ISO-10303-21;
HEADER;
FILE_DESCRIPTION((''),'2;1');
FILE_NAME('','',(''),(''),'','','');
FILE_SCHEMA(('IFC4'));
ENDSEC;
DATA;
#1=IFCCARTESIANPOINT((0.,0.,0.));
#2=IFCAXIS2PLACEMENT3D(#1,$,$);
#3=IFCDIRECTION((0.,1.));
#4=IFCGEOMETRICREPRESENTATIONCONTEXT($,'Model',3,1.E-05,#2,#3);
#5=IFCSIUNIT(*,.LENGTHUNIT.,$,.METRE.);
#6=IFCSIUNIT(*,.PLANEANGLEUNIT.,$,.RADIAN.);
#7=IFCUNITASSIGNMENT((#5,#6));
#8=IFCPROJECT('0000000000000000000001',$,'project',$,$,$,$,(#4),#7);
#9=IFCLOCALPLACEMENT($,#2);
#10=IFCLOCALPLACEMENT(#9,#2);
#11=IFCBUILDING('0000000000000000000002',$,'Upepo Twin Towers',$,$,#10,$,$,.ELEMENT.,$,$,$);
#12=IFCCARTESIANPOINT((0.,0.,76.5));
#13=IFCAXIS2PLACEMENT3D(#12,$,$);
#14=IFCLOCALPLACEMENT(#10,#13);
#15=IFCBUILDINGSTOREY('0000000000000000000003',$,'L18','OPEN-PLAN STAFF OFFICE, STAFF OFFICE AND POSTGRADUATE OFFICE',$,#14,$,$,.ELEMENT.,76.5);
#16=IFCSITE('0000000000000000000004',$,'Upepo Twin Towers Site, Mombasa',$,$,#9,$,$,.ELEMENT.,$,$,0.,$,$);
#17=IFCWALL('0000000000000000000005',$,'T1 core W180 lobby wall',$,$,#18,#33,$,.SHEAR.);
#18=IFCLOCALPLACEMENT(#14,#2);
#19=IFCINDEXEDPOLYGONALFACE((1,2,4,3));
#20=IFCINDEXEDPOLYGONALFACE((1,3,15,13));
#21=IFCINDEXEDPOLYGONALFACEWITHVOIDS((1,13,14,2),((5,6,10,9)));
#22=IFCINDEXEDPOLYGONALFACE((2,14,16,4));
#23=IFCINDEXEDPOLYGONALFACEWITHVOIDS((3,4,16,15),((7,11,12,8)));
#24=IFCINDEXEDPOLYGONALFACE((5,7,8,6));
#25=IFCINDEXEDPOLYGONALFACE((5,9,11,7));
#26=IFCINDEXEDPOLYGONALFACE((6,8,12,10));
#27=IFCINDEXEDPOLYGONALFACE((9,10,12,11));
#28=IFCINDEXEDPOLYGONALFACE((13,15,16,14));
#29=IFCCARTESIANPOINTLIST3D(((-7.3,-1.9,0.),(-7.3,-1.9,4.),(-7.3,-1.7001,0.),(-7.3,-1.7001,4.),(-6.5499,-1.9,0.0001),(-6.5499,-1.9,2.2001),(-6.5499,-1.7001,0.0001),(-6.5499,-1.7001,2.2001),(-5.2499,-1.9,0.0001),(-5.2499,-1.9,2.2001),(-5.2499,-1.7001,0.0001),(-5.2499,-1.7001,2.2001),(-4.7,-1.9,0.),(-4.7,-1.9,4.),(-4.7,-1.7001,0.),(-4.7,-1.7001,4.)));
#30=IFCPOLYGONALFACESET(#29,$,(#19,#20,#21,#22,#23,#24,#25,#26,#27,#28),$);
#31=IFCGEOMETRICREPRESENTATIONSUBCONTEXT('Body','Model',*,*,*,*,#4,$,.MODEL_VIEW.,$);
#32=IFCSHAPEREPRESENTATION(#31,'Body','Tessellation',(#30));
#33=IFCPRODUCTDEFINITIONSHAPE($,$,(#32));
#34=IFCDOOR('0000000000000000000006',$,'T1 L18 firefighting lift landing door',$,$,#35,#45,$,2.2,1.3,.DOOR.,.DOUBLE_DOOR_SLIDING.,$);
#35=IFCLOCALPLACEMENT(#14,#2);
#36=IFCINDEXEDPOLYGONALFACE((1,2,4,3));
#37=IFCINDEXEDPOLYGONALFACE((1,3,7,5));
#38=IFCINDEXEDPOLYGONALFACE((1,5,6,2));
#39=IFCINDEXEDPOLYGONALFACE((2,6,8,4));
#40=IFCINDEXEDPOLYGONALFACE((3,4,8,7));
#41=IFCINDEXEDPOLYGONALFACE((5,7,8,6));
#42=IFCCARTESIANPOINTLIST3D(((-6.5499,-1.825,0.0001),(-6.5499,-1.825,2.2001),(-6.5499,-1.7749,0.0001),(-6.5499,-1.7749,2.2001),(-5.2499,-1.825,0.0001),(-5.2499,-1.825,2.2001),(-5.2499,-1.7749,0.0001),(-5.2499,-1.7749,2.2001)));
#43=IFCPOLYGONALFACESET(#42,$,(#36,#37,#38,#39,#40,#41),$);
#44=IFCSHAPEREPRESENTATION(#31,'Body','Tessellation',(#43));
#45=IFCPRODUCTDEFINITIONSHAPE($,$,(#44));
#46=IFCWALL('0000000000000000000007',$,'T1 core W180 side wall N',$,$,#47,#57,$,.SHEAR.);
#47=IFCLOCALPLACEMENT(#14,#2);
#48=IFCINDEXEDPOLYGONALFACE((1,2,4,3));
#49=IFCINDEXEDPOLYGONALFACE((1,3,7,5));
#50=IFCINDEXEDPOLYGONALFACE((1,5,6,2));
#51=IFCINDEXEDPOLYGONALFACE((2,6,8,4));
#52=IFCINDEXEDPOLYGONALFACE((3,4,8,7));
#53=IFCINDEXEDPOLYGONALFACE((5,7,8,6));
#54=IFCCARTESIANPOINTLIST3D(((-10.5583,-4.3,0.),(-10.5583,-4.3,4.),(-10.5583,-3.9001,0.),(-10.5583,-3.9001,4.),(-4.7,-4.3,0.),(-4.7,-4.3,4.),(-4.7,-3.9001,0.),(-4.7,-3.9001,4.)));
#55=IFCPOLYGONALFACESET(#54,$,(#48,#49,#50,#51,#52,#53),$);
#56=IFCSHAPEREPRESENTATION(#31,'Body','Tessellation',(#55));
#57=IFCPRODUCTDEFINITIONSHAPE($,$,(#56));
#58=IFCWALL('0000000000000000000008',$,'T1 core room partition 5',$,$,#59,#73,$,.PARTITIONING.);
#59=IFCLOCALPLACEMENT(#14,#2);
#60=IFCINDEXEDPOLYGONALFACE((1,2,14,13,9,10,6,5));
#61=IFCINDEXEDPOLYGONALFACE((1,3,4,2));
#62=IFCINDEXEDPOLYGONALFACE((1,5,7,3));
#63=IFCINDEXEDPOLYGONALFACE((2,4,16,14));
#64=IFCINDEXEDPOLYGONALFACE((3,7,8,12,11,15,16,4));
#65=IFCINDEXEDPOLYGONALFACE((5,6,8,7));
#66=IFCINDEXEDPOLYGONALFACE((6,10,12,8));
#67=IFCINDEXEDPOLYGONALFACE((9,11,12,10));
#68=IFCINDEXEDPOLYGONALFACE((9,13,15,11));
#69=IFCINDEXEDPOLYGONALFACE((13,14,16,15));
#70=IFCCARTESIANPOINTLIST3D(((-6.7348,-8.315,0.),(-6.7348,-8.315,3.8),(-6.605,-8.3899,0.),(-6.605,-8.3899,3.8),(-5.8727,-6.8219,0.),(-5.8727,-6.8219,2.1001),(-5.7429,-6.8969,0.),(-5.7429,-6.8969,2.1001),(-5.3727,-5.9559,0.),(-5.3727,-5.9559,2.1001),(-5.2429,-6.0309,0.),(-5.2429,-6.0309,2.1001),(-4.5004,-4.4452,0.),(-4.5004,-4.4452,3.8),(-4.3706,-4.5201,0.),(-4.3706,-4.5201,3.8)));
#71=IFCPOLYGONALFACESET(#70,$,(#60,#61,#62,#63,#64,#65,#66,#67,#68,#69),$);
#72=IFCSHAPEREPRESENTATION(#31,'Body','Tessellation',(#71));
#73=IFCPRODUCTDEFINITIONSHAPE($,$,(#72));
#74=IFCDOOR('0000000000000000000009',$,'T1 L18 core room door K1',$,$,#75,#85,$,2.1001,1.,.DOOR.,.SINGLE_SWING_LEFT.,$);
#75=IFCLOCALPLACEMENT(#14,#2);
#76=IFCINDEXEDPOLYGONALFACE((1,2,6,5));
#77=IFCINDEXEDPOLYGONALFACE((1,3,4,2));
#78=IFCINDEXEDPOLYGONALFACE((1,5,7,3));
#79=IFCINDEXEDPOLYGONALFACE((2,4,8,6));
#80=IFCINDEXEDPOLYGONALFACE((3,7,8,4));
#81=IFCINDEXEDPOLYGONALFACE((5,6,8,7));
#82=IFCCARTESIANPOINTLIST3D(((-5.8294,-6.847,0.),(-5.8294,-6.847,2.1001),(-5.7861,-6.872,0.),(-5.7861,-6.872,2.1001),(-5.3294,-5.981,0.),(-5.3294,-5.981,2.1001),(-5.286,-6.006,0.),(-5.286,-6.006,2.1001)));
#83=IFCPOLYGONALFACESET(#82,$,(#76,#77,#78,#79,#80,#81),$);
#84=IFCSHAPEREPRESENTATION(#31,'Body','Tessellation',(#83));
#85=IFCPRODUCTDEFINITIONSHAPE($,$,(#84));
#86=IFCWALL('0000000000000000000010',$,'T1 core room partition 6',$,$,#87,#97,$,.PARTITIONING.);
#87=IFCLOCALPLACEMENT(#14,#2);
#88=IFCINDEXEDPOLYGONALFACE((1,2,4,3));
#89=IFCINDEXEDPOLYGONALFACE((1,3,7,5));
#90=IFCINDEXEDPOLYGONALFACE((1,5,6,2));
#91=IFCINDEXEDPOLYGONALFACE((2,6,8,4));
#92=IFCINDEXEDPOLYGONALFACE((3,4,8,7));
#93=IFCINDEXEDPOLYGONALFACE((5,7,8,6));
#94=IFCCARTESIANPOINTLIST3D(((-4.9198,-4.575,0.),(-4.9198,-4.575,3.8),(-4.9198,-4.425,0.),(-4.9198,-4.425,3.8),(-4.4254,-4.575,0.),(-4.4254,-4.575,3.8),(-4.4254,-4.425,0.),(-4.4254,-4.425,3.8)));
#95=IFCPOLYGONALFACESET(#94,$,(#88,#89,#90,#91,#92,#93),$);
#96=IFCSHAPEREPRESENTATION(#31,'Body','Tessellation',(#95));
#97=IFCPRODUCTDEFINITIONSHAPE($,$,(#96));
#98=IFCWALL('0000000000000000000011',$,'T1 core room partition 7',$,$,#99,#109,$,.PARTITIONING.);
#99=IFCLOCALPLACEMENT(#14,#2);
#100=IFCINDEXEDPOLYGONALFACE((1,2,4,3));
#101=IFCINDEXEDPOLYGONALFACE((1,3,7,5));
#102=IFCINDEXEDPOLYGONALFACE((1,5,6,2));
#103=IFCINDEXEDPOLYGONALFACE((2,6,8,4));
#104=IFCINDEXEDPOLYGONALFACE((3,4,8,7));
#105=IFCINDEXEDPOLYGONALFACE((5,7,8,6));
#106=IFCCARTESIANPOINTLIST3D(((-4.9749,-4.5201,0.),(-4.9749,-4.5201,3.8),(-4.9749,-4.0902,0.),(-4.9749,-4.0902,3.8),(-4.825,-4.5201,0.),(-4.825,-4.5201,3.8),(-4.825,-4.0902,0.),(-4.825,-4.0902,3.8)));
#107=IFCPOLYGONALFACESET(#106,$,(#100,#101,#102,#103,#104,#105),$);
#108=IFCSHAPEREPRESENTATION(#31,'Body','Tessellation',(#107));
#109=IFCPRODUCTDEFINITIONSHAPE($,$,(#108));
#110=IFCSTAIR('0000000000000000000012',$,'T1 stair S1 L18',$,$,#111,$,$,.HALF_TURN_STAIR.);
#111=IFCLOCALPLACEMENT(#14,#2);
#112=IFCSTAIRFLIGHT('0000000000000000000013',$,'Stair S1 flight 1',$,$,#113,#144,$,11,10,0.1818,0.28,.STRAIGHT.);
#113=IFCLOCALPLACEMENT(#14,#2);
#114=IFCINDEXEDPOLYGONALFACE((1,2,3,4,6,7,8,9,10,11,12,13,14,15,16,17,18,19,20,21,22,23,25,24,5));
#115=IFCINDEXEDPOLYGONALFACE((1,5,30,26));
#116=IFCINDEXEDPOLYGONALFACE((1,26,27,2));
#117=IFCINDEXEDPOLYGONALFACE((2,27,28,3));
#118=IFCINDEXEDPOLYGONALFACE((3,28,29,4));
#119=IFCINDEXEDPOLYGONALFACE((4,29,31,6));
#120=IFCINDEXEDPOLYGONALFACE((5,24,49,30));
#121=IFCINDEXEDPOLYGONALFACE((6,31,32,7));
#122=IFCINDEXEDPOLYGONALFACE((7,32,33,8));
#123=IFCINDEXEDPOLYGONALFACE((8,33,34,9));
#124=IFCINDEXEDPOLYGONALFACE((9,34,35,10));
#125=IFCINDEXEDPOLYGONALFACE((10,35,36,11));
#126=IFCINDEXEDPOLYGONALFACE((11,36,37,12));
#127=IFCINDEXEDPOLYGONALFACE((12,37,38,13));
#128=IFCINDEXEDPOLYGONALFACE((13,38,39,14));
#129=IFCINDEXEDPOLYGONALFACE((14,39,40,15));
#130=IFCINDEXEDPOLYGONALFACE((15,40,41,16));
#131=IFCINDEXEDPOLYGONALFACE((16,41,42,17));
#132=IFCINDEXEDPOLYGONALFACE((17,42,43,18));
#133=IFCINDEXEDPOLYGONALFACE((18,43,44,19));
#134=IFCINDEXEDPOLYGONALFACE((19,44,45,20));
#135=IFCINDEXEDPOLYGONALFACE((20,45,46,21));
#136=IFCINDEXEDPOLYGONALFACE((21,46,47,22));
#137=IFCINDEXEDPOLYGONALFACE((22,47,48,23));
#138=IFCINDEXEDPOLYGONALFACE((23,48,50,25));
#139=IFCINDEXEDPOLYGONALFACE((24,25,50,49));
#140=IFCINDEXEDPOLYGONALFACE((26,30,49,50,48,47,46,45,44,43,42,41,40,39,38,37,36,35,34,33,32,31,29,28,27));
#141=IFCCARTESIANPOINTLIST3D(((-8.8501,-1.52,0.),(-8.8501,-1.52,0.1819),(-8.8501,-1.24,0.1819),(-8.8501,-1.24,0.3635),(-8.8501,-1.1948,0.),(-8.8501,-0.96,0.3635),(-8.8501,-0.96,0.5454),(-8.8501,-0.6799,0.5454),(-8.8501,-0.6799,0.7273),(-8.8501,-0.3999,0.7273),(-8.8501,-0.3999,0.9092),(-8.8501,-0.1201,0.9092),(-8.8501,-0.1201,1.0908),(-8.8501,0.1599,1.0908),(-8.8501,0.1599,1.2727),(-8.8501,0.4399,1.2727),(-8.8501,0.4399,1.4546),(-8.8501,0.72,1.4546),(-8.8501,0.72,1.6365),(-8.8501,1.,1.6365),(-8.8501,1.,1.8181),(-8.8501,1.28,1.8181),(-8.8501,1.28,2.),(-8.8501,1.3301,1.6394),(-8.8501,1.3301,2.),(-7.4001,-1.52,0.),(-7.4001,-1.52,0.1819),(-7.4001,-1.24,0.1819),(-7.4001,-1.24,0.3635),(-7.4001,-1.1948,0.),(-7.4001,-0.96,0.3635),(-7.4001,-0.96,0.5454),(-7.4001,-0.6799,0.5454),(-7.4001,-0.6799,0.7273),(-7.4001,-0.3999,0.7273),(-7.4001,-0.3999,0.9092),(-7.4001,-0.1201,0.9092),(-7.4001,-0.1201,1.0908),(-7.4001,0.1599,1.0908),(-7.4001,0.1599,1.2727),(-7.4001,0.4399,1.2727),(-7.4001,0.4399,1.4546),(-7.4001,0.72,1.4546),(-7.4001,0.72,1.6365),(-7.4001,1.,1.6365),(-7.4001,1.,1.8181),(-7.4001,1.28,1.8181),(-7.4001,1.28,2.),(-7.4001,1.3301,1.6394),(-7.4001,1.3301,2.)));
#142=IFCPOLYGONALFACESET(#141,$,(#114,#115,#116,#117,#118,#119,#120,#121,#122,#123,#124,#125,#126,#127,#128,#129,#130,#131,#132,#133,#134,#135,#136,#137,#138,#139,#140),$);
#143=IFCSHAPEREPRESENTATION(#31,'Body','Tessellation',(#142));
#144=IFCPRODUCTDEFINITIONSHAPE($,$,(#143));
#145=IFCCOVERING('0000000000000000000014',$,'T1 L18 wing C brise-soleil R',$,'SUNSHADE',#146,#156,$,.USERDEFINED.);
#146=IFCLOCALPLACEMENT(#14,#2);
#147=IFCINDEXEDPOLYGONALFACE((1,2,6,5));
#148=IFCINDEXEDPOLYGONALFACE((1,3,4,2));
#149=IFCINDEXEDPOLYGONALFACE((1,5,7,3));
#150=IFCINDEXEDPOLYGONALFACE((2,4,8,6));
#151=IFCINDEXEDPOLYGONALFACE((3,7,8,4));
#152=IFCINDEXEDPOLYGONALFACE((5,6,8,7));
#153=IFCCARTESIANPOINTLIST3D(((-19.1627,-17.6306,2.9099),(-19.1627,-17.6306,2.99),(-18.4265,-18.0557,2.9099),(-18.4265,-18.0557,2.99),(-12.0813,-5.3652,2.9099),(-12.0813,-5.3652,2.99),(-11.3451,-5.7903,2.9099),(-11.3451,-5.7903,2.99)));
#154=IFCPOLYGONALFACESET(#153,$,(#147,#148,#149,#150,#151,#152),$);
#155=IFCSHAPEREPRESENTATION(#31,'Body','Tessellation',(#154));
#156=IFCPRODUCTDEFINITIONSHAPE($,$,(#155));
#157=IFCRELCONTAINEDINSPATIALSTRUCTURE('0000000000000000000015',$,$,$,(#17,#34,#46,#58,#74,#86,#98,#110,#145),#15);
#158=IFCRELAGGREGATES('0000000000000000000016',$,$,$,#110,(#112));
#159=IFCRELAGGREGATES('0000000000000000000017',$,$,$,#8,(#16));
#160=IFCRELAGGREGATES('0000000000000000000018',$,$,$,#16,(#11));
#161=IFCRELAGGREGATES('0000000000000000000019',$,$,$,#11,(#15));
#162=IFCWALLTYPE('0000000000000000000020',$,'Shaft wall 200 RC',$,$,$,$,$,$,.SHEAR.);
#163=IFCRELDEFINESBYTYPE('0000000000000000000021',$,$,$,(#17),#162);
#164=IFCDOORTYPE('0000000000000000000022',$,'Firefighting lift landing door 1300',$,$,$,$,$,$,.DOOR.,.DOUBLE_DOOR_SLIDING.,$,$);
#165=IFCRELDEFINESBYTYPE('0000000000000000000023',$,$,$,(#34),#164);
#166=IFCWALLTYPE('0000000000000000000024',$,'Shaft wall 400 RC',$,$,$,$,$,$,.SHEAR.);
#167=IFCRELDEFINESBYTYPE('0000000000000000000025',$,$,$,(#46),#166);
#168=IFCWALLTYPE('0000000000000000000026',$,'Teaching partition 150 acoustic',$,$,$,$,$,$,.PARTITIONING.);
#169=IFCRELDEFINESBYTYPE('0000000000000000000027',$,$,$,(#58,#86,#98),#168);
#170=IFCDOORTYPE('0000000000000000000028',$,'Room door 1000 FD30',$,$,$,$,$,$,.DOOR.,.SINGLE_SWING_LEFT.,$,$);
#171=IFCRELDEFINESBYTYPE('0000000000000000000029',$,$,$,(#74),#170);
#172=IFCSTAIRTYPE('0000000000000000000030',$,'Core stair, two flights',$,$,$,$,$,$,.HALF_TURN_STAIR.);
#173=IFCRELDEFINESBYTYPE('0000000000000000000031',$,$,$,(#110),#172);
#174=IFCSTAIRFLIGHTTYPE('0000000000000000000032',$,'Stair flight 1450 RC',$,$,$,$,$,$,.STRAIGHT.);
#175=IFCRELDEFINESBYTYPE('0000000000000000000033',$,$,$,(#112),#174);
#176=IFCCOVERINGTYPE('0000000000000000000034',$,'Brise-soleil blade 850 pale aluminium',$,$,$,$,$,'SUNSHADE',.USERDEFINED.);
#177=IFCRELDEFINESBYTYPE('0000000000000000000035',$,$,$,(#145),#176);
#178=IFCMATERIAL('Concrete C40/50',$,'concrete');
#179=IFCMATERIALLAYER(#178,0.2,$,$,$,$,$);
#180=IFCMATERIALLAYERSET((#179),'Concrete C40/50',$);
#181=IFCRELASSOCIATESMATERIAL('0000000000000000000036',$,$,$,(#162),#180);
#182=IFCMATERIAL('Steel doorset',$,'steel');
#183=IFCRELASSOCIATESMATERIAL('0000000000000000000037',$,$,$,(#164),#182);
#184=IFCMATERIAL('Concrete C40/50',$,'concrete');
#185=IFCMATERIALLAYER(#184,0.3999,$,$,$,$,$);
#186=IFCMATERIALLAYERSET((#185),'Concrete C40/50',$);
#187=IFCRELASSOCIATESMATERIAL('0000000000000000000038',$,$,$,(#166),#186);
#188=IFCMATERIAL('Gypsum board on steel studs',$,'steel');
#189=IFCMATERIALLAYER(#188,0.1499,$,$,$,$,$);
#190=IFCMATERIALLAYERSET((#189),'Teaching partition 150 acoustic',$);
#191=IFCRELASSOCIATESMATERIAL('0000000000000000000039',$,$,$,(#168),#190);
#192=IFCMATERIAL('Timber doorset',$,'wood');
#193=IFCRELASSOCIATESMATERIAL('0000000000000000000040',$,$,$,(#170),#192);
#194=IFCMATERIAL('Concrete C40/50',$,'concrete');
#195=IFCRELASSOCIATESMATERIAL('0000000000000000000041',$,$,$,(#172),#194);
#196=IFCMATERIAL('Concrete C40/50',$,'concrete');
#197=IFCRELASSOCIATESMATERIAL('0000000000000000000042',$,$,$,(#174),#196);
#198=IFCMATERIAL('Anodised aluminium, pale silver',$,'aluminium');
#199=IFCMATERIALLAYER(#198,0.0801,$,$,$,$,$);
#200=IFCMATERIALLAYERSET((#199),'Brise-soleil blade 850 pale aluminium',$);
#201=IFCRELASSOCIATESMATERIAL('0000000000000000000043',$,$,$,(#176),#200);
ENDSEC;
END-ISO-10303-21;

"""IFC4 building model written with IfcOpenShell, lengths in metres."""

from ifc_helpers import new_model, si_unit, direction, frame, frame_2d, origin, origin_2d, place, context, subcontext, project, spatial, polyline, rectangle, outline, extrude, material, layer, layer_set, type_object, element, fill, aggregate, save


model = new_model("IFC4")

# Units and contexts
model_context = context("Model", 3, precision=1e-05, world=origin(), true_north=direction((0.0, 1.0)))
body_context = subcontext(model_context, "Body", "Model", "MODEL_VIEW")
ifc_project = project(units=[si_unit("LENGTHUNIT", "METRE"), si_unit("PLANEANGLEUNIT", "RADIAN")], contexts=[model_context])

# Site, building, storey
site_placement = place(None, origin())
site = spatial("IfcSite", under=ifc_project, at=site_placement, Name="Upepo Twin Towers Site, Mombasa", CompositionType="ELEMENT", RefElevation=0.0)
building_placement = place(site_placement, origin())
building = spatial("IfcBuilding", under=site, at=building_placement, Name="Upepo Twin Towers", CompositionType="ELEMENT")
storey_placement = place(building_placement, frame((0.0, 0.0, 76.5)))
storey = spatial("IfcBuildingStorey", under=building, at=storey_placement, Name="L18", Description="OPEN-PLAN STAFF OFFICE, STAFF OFFICE AND POSTGRADUATE OFFICE", CompositionType="ELEMENT", Elevation=76.5)

# Wall, opening, door
ifc_material_1 = material(Name="Concrete C40/50", Category="concrete")
ifc_layer_1 = layer(ifc_material_1, 0.2)
ifc_layer_set_1 = layer_set([ifc_layer_1], Name="Concrete C40/50")
wall_type_1 = type_object("IfcWallType", Name="Shaft wall 200 RC", PredefinedType="SHEAR", material=ifc_layer_set_1)
wall_1_placement = place(storey_placement, frame((-4.7, -1.8, 0.0), z_axis=(0.0, 0.0, 1.0), x_axis=(-1.0, 0.0, 0.0)))
wall_1 = element("IfcWall", 1, at=wall_1_placement, inside=storey, type_object=wall_type_1, Name="T1 core W180 lobby wall", PredefinedType="SHEAR", context=body_context, shape_type="SweptSolid", body=[
    extrude(rectangle(XDim=2.6001, YDim=0.2, at=frame_2d((1.3, 0.0))), origin(), (0.0, 0.0, 1.0), 4.0),
])
opening_1_placement = place(wall_1_placement, frame((0.55, 0.0, 0.0)))
opening_1 = element("IfcOpeningElement", 2, at=opening_1_placement, cuts=wall_1, PredefinedType="OPENING", context=body_context, shape_type="SweptSolid", body=[
    extrude(rectangle(XDim=1.3, YDim=2.2, at=frame_2d((0.6499, 1.1001))), frame((0.0, 0.1099, 0.0), z_axis=(0.0, -1.0, 0.0), x_axis=(1.0, 0.0, 0.0)), (0.0, 0.0, 1.0), 0.22),
])
ifc_material_2 = material(Name="Steel doorset", Category="steel")
door_type_1 = type_object("IfcDoorType", Name="Firefighting lift landing door 1300", OperationType="DOUBLE_DOOR_SLIDING", PredefinedType="DOOR", material=ifc_material_2)
door_1_placement = place(opening_1_placement, origin())
door_1 = element("IfcDoor", 3, at=door_1_placement, inside=storey, type_object=door_type_1, Name="T1 L18 firefighting lift landing door", OperationType="DOUBLE_DOOR_SLIDING", OverallHeight=2.2, OverallWidth=1.3, PredefinedType="DOOR", context=body_context, shape_type="SweptSolid", body=[
    extrude(rectangle(XDim=1.3, YDim=2.2, at=frame_2d((0.6499, 1.1001))), frame((0.0, 0.0249, 0.0), z_axis=(0.0, -1.0, 0.0), x_axis=(1.0, 0.0, 0.0)), (0.0, 0.0, 1.0), 0.05),
])
fill(opening_1, door_1)

# Wall
ifc_material_3 = material(Name="Concrete C40/50", Category="concrete")
ifc_layer_2 = layer(ifc_material_3, 0.3999)
ifc_layer_set_2 = layer_set([ifc_layer_2], Name="Concrete C40/50")
wall_type_2 = type_object("IfcWallType", Name="Shaft wall 400 RC", PredefinedType="SHEAR", material=ifc_layer_set_2)
wall_2_placement = place(storey_placement, frame((-4.7, -4.1001, 0.0), z_axis=(0.0, 0.0, 1.0), x_axis=(-1.0, 0.0, 0.0)))
element("IfcWall", 4, at=wall_2_placement, inside=storey, type_object=wall_type_2, Name="T1 core W180 side wall N", PredefinedType="SHEAR", context=body_context, shape_type="SweptSolid", body=[
    extrude(rectangle(XDim=5.8584, YDim=0.3999, at=frame_2d((2.9292, 0.0))), origin(), (0.0, 0.0, 1.0), 4.0),
])

# Wall, opening, door
ifc_material_4 = material(Name="Gypsum board on steel studs", Category="steel")
ifc_layer_3 = layer(ifc_material_4, 0.1499)
ifc_layer_set_3 = layer_set([ifc_layer_3], Name="Teaching partition 150 acoustic")
wall_type_3 = type_object("IfcWallType", Name="Teaching partition 150 acoustic", PredefinedType="PARTITIONING", material=ifc_layer_set_3)
wall_3_placement = place(storey_placement, frame((-6.6699, -8.3525, 0.0), z_axis=(0.0, 0.0, 1.0), x_axis=(0.500017, 0.866015, 0.0)))
wall_3 = element("IfcWall", 5, at=wall_3_placement, inside=storey, type_object=wall_type_3, Name="T1 core room partition 5", PredefinedType="PARTITIONING", context=body_context, shape_type="SweptSolid", body=[
    extrude(rectangle(XDim=4.4685, YDim=0.1499, at=frame_2d((2.2344, 0.0))), origin(), (0.0, 0.0, 1.0), 3.8),
])
opening_2_placement = place(wall_3_placement, frame((1.7241, 0.0, 0.0)))
opening_2 = element("IfcOpeningElement", 6, at=opening_2_placement, cuts=wall_3, PredefinedType="OPENING", context=body_context, shape_type="SweptSolid", body=[
    extrude(rectangle(XDim=1.0, YDim=2.1001, at=frame_2d((0.5, 1.05))), frame((0.0, 0.085, 0.0), z_axis=(0.0, -1.0, 0.0), x_axis=(1.0, 0.0, 0.0)), (0.0, 0.0, 1.0), 0.1699),
])
ifc_material_5 = material(Name="Timber doorset", Category="wood")
door_type_2 = type_object("IfcDoorType", Name="Room door 1000 FD30", OperationType="SINGLE_SWING_LEFT", PredefinedType="DOOR", material=ifc_material_5)
door_2_placement = place(opening_2_placement, origin())
door_2 = element("IfcDoor", 7, at=door_2_placement, inside=storey, type_object=door_type_2, Name="T1 L18 core room door K1", OperationType="SINGLE_SWING_LEFT", OverallHeight=2.1001, OverallWidth=1.0, PredefinedType="DOOR", context=body_context, shape_type="SweptSolid", body=[
    extrude(rectangle(XDim=1.0, YDim=2.1001, at=frame_2d((0.5, 1.05))), frame((0.0, 0.0249, 0.0), z_axis=(0.0, -1.0, 0.0), x_axis=(1.0, 0.0, 0.0)), (0.0, 0.0, 1.0), 0.05),
])
fill(opening_2, door_2)

# Walls
wall_4_placement = place(storey_placement, frame((-4.4255, -4.5, 0.0), z_axis=(0.0, 0.0, 1.0), x_axis=(-1.0, 0.0, 0.0)))
element("IfcWall", 8, at=wall_4_placement, inside=storey, type_object=wall_type_3, Name="T1 core room partition 6", PredefinedType="PARTITIONING", context=body_context, shape_type="SweptSolid", body=[
    extrude(rectangle(XDim=0.4944, YDim=0.1499, at=frame_2d((0.2471, 0.0))), origin(), (0.0, 0.0, 1.0), 3.8),
])
wall_5_placement = place(storey_placement, frame((-4.8999, -4.52, 0.0), z_axis=(0.0, 0.0, 1.0), x_axis=(0.0, 1.0, 0.0)))
element("IfcWall", 9, at=wall_5_placement, inside=storey, type_object=wall_type_3, Name="T1 core room partition 7", PredefinedType="PARTITIONING", context=body_context, shape_type="SweptSolid", body=[
    extrude(rectangle(XDim=0.4299, YDim=0.1499, at=frame_2d((0.2148, 0.0))), origin(), (0.0, 0.0, 1.0), 3.8),
])

# Stair, stair flight
ifc_material_6 = material(Name="Concrete C40/50", Category="concrete")
stair_type = type_object("IfcStairType", Name="Core stair, two flights", PredefinedType="HALF_TURN_STAIR", material=ifc_material_6)
stair_placement = place(storey_placement, origin())
stair = element("IfcStair", 10, at=stair_placement, inside=storey, type_object=stair_type, Name="T1 stair S1 L18", PredefinedType="HALF_TURN_STAIR")
ifc_material_7 = material(Name="Concrete C40/50", Category="concrete")
stair_flight_type = type_object("IfcStairFlightType", Name="Stair flight 1450 RC", PredefinedType="STRAIGHT", material=ifc_material_7)
stair_flight_placement = place(storey_placement, frame((-8.125, -1.52, 0.0), z_axis=(0.0, 0.0, 1.0), x_axis=(0.0, 1.0, 0.0)))
stair_flight = element("IfcStairFlight", 11, at=stair_flight_placement, type_object=stair_flight_type, Name="Stair S1 flight 1", NumberOfRisers=11, NumberOfTreads=10, PredefinedType="STRAIGHT", RiserHeight=0.1818, TreadLength=0.28, context=body_context, shape_type="SweptSolid", body=[
    extrude(outline(polyline([(0.0, 0.0), (0.0, 0.1819), (0.28, 0.1819), (0.28, 0.3635), (0.5601, 0.3635), (0.5601, 0.5454), (0.8401, 0.5454), (0.8401, 0.7273), (1.1201, 0.7273), (1.1201, 0.9092), (1.3999, 0.9092), (1.3999, 1.0908), (1.6799, 1.0908), (1.6799, 1.2727), (1.96, 1.2727), (1.96, 1.4546), (2.24, 1.4546), (2.24, 1.6365), (2.52, 1.6365), (2.52, 1.8181), (2.8, 1.8181), (2.8, 2.0), (2.8501, 2.0), (2.8501, 1.6394), (0.3252, 0.0), (0.0, 0.0)])), frame((0.0, 0.7251, 0.0), z_axis=(0.0, -1.0, 0.0), x_axis=(1.0, 0.0, 0.0)), (0.0, 0.0, 1.0), 1.45),
])
aggregate(stair, [stair_flight])

# Covering
ifc_material_8 = material(Name="Anodised aluminium, pale silver", Category="aluminium")
ifc_layer_4 = layer(ifc_material_8, 0.0801)
ifc_layer_set_4 = layer_set([ifc_layer_4], Name="Brise-soleil blade 850 pale aluminium")
covering_type = type_object("IfcCoveringType", Name="Brise-soleil blade 850 pale aluminium", ElementType="SUNSHADE", PredefinedType="USERDEFINED", material=ifc_layer_set_4)
covering_placement = place(storey_placement, frame((-15.2539, -11.7104, 2.9099), z_axis=(0.0, 0.0, 1.0), x_axis=(-0.5, -0.866025, 0.0)))
element("IfcCovering", 12, at=covering_placement, inside=storey, type_object=covering_type, Name="T1 L18 wing C brise-soleil R", ObjectType="SUNSHADE", PredefinedType="USERDEFINED", context=body_context, shape_type="SweptSolid", body=[
    extrude(rectangle(XDim=14.1628, YDim=0.8501, at=origin_2d()), origin(), (0.0, 0.0, 1.0), 0.0801),
])

save(model, "model.ifc")
